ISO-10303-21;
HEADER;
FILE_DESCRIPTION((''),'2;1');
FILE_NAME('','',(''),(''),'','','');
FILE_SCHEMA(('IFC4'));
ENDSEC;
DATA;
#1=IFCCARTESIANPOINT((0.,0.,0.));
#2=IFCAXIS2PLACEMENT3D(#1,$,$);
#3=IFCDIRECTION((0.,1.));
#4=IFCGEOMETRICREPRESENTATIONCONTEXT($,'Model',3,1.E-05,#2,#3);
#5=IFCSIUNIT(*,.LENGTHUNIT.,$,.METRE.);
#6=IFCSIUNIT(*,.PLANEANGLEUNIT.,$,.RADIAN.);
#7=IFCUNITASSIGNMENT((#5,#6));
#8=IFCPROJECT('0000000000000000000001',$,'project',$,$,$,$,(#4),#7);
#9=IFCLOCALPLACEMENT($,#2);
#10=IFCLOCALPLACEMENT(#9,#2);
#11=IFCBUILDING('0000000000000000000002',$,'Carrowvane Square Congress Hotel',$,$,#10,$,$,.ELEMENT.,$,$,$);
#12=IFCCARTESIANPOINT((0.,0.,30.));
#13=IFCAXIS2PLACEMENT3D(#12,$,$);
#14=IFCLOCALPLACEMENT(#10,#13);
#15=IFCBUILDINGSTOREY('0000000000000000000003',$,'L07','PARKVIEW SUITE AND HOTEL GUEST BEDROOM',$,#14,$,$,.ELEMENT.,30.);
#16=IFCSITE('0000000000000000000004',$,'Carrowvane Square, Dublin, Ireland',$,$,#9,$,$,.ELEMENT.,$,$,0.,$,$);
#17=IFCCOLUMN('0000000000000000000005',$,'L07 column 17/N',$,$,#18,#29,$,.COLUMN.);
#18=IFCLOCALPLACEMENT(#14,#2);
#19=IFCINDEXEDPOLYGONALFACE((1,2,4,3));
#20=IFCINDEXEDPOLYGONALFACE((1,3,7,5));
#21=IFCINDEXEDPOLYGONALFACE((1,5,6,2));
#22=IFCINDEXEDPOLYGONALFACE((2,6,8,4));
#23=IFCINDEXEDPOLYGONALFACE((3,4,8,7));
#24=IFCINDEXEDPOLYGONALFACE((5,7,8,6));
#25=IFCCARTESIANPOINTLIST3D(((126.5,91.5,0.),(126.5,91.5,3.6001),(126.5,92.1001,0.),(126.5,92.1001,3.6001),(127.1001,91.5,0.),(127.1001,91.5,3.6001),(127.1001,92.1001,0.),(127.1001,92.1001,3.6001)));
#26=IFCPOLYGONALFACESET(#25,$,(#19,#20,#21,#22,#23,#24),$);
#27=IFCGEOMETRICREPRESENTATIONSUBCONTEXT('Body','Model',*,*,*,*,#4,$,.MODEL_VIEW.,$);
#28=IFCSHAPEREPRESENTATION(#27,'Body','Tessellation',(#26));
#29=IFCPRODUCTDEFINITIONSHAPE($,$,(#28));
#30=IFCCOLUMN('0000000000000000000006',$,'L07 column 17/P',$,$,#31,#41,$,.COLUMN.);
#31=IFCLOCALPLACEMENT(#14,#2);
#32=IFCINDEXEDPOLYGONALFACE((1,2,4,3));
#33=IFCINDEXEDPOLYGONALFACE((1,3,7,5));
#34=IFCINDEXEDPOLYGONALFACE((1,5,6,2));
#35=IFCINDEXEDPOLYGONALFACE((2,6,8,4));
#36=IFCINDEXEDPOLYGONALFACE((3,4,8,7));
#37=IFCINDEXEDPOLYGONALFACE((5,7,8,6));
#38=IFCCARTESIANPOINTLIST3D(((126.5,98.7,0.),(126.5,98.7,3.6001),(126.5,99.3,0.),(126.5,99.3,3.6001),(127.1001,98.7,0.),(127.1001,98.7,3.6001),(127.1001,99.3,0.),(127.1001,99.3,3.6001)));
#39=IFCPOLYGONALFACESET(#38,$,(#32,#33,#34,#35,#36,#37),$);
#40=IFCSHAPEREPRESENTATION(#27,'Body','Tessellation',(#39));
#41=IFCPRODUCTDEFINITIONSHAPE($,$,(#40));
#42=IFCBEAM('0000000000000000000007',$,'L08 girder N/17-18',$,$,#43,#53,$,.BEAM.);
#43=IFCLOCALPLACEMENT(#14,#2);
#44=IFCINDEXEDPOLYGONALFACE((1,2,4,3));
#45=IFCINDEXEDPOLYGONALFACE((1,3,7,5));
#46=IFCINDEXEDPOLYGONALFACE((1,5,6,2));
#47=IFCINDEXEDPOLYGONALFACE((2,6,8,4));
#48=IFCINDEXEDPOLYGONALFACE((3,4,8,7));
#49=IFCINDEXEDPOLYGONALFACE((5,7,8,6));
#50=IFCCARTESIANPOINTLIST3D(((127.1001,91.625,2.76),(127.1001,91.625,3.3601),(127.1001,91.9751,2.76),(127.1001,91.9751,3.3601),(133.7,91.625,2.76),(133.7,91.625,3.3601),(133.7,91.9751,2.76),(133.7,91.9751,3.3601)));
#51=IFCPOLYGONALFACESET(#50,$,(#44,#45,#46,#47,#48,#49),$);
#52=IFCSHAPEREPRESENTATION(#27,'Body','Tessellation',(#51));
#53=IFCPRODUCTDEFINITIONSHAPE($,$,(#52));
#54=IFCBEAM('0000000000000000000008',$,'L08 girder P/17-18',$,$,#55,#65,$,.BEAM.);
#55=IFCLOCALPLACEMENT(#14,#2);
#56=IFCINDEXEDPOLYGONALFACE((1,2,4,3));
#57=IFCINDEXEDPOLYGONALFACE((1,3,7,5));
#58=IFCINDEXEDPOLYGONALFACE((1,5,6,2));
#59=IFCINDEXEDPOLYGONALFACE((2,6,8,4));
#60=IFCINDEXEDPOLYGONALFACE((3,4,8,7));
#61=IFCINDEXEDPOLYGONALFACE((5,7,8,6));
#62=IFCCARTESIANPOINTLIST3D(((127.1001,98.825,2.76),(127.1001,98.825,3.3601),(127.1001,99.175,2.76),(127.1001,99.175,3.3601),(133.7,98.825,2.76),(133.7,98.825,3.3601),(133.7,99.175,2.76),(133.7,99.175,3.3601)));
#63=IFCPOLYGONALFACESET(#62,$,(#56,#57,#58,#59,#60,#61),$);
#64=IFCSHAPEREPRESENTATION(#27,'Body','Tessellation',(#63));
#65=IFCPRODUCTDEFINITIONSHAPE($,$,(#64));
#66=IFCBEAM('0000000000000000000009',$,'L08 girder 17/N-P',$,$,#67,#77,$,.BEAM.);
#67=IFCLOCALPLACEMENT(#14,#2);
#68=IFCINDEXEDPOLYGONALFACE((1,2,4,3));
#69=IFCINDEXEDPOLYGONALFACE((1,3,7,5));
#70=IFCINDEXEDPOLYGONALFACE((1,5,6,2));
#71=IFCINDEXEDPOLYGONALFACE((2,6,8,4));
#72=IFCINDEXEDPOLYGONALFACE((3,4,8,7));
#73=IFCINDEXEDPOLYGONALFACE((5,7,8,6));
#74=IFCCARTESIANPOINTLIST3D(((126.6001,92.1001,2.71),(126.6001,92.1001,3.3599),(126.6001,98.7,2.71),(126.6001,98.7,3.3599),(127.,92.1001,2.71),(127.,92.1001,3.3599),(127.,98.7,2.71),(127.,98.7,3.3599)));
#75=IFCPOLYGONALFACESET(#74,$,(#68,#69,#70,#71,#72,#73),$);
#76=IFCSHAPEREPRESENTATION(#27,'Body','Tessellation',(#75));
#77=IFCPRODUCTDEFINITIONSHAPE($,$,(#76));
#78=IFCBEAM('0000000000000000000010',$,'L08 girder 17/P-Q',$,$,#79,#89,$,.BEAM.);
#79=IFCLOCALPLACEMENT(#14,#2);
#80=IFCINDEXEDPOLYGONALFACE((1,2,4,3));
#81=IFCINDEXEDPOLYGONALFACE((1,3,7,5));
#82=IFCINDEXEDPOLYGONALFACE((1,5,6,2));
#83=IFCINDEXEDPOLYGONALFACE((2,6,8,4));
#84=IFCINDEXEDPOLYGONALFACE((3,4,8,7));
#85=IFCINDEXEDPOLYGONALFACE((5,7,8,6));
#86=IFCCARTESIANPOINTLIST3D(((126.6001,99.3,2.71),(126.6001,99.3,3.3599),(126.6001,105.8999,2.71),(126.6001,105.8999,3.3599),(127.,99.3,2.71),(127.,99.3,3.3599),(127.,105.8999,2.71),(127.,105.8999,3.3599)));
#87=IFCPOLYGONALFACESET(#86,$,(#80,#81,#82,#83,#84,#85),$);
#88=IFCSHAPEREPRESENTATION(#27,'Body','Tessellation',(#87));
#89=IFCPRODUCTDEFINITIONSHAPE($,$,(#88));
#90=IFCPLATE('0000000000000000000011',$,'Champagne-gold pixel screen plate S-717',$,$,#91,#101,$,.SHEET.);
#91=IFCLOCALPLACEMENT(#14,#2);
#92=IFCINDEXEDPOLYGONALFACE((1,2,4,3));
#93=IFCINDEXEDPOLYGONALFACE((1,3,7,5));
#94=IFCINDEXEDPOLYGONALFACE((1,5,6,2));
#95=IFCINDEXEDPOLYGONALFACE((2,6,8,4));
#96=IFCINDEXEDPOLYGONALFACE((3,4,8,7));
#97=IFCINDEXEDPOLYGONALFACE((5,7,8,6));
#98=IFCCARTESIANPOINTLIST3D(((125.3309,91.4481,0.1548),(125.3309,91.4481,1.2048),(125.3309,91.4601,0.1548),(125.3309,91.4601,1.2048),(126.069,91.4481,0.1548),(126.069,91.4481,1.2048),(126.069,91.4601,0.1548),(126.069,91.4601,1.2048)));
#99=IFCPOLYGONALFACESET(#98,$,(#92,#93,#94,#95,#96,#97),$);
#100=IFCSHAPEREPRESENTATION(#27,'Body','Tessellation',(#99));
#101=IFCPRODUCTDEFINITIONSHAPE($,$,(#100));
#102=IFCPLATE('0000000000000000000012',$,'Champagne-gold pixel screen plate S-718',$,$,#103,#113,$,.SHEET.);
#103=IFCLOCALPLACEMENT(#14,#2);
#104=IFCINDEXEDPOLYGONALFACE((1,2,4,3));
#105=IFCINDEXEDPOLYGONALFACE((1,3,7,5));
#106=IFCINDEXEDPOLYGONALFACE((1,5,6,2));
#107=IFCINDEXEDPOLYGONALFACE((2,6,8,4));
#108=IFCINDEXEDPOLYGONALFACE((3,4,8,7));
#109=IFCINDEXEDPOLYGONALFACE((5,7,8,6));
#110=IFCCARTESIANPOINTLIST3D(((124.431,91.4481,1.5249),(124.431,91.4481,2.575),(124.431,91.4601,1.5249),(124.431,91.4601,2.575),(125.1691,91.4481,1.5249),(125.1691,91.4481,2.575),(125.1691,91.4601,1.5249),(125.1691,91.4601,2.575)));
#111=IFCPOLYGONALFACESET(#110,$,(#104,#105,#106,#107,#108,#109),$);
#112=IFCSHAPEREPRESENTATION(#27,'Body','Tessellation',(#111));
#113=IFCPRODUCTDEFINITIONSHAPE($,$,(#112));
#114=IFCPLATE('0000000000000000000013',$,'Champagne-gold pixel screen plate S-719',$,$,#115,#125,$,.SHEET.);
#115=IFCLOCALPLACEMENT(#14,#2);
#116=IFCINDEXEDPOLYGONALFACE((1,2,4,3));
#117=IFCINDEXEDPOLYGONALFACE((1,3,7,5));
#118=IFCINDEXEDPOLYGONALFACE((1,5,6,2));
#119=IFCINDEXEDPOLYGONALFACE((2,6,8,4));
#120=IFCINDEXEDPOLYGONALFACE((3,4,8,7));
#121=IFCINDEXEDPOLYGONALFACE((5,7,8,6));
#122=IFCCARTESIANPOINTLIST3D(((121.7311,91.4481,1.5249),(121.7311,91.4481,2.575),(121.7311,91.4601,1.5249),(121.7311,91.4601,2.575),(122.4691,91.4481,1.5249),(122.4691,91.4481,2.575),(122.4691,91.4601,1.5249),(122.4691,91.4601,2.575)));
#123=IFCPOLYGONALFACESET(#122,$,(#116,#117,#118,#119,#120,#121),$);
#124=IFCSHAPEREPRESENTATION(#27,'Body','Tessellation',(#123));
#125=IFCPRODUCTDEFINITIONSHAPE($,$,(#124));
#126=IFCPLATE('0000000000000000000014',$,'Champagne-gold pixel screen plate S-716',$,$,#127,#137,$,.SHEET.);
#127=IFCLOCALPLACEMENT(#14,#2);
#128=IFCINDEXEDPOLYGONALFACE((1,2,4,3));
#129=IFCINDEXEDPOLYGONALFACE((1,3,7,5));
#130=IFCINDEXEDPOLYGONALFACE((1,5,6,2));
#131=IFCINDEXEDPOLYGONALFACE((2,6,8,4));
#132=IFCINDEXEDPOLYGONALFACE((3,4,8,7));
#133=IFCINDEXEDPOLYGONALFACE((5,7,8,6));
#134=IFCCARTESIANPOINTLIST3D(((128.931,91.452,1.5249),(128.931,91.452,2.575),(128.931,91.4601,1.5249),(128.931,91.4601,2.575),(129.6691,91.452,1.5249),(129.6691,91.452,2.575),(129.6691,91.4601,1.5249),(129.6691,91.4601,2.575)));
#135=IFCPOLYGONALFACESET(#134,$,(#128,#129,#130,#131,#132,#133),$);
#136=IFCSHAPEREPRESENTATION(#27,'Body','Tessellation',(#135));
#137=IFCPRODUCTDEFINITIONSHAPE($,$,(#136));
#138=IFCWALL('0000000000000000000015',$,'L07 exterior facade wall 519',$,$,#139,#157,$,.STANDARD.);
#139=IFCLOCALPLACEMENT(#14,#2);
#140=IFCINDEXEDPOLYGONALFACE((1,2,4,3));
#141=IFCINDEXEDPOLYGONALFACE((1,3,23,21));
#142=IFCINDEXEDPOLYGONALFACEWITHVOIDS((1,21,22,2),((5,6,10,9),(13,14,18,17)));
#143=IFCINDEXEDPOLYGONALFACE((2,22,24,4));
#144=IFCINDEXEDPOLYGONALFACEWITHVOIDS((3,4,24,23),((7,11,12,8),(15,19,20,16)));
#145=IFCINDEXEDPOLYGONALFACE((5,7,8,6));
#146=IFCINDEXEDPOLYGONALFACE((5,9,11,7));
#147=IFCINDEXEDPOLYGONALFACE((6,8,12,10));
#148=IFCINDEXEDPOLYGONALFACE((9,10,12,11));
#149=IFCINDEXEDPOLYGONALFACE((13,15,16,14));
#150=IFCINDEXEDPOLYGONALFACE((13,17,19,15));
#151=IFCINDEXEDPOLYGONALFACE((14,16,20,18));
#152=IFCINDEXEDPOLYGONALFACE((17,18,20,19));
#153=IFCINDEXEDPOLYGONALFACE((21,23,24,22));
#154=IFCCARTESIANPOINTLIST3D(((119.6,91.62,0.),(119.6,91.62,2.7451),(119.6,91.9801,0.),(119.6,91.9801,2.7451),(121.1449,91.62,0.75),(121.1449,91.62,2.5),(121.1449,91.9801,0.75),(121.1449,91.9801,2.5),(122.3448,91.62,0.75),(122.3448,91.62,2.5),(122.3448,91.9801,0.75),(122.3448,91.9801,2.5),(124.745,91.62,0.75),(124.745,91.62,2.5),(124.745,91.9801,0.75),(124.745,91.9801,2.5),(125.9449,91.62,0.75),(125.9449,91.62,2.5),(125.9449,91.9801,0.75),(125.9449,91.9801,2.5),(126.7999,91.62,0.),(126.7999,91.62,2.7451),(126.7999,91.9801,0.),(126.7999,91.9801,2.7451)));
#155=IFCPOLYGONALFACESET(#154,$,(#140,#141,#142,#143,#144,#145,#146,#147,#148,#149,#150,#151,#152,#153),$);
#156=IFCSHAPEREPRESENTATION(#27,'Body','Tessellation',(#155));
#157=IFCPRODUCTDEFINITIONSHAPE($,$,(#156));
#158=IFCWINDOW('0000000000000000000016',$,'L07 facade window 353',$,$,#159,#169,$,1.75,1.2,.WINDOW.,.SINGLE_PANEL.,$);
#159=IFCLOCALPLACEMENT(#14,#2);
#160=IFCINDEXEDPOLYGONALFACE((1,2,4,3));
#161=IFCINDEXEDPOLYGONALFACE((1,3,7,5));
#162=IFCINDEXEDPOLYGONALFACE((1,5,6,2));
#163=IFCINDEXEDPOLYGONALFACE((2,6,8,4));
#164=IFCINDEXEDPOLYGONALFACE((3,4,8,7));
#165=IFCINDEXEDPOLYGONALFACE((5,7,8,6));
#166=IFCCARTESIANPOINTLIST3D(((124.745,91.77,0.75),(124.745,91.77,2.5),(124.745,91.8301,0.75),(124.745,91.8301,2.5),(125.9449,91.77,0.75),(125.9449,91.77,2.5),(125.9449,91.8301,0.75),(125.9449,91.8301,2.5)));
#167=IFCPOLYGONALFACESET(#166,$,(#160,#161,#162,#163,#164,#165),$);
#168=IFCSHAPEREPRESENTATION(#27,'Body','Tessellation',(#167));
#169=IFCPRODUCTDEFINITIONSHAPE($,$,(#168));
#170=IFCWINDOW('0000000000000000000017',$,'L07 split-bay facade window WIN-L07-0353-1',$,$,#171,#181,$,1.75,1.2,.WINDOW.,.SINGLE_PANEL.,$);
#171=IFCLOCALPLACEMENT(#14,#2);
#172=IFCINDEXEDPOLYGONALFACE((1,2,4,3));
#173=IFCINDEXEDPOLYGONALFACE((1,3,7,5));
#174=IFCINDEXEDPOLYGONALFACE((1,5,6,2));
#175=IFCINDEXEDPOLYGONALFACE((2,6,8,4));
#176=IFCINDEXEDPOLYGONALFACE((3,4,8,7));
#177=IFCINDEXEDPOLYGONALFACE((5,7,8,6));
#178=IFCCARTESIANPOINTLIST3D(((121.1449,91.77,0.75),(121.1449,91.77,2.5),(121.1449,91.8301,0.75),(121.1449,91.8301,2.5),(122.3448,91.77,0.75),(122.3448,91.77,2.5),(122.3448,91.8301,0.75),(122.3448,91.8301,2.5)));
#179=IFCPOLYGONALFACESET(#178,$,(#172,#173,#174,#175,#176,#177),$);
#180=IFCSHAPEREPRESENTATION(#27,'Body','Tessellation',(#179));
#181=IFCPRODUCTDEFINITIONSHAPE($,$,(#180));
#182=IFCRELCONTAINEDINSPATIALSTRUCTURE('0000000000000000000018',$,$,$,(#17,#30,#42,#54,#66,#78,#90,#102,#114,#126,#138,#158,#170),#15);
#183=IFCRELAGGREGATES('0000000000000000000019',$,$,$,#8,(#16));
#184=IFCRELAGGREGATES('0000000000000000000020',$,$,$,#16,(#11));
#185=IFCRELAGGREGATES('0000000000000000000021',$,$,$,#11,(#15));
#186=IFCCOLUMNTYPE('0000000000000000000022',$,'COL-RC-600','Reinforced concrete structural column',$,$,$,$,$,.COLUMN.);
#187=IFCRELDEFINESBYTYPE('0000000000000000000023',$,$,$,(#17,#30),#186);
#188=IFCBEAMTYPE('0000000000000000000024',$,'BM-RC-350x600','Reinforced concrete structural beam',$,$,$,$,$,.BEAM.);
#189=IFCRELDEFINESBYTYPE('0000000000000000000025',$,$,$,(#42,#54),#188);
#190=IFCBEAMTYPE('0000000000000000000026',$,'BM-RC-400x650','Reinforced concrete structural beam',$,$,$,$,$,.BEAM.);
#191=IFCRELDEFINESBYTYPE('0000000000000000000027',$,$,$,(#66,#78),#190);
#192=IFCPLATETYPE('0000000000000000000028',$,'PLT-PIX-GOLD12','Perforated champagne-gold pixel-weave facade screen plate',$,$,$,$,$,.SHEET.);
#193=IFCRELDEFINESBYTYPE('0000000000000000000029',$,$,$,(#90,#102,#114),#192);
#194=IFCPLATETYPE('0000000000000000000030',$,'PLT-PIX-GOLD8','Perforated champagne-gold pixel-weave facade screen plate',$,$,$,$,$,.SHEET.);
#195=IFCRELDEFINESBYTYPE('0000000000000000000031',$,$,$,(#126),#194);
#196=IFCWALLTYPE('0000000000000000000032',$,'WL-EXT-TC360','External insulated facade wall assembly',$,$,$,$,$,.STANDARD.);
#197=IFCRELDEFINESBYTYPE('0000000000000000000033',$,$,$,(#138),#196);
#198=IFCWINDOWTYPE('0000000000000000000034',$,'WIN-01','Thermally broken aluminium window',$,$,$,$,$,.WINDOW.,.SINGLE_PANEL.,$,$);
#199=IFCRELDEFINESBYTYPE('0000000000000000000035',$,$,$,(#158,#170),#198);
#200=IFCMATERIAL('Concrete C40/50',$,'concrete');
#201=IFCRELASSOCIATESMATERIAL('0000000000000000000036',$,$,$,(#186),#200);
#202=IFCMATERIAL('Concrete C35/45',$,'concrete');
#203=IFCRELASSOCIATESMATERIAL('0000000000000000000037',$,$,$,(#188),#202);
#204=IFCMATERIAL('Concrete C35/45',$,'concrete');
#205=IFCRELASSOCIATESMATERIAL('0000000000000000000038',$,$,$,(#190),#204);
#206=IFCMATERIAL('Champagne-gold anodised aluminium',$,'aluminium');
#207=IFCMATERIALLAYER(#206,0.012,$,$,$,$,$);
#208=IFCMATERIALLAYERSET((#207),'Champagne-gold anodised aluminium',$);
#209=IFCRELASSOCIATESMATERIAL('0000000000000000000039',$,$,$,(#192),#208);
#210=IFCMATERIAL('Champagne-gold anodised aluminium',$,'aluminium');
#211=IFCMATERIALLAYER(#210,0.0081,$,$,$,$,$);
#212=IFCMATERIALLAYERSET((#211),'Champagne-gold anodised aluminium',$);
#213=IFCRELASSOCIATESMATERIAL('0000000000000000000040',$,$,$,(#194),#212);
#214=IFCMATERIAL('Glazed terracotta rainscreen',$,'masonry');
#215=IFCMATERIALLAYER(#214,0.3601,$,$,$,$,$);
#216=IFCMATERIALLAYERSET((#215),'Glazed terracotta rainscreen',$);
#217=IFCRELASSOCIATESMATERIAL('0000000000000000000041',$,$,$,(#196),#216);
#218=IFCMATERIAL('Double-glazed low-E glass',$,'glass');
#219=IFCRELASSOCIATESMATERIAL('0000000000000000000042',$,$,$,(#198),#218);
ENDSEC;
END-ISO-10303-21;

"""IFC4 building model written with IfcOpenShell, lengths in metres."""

from ifc_helpers import new_model, si_unit, direction, frame, frame_2d, origin, origin_2d, place, context, subcontext, project, spatial, rectangle, extrude, material, layer, layer_set, material_profile, profile_set, type_object, element, fill, save


model = new_model("IFC4")

# Units and contexts
model_context = context("Model", 3, precision=1e-05, world=origin(), true_north=direction((0.0, 1.0)))
body_context = subcontext(model_context, "Body", "Model", "MODEL_VIEW")
ifc_project = project(units=[si_unit("LENGTHUNIT", "METRE"), si_unit("PLANEANGLEUNIT", "RADIAN")], contexts=[model_context])

# Site, building, storey
site_placement = place(None, origin())
site = spatial("IfcSite", under=ifc_project, at=site_placement, Name="Carrowvane Square, Dublin, Ireland", CompositionType="ELEMENT", RefElevation=0.0)
building_placement = place(site_placement, origin())
building = spatial("IfcBuilding", under=site, at=building_placement, Name="Carrowvane Square Congress Hotel", CompositionType="ELEMENT")
storey_placement = place(building_placement, frame((0.0, 0.0, 30.0)))
storey = spatial("IfcBuildingStorey", under=building, at=storey_placement, Name="L07", Description="PARKVIEW SUITE AND HOTEL GUEST BEDROOM", CompositionType="ELEMENT", Elevation=30.0)

# Columns
ifc_material_1 = material(Name="Concrete C40/50", Category="concrete")
ifc_material_profile_1 = material_profile(ifc_material_1, rectangle(XDim=0.6001, YDim=0.6001, at=origin_2d()), Name="RC 600x600")
ifc_profile_set_1 = profile_set([ifc_material_profile_1], Name="Concrete C40/50")
column_type = type_object("IfcColumnType", Name="COL-RC-600", Description="Reinforced concrete structural column", PredefinedType="COLUMN", material=ifc_profile_set_1)
for number, where, z_axis, x_axis, name in (
    (1, (126.8, 91.8, 0.0), (0.0, 0.0, 1.0), (1.0, 0.0, 0.0), "L07 column 17/N"),
    (2, (126.8, 99.0, 0.0), (0.0, 0.0, 1.0), (1.0, 0.0, 0.0), "L07 column 17/P"),
):
    element("IfcColumn", number, at=place(storey_placement, frame(where, z_axis=z_axis, x_axis=x_axis)), inside=storey, type_object=column_type, Name=name, PredefinedType="COLUMN", context=body_context, shape_type="SweptSolid", body=[
        extrude(rectangle(XDim=0.6001, YDim=0.6001, at=origin_2d()), origin(), (0.0, 0.0, 1.0), 3.6001),
    ])

# Beams
ifc_material_2 = material(Name="Concrete C35/45", Category="concrete")
ifc_material_profile_2 = material_profile(ifc_material_2, rectangle(XDim=0.3501, YDim=0.6001, at=origin_2d()), Name="RC 350x600")
ifc_profile_set_2 = profile_set([ifc_material_profile_2], Name="Concrete C35/45")
beam_type_1 = type_object("IfcBeamType", Name="BM-RC-350x600", Description="Reinforced concrete structural beam", PredefinedType="BEAM", material=ifc_profile_set_2)
for number, where, z_axis, x_axis, name in (
    (3, (127.1001, 91.8, 3.0601), (1.0, 0.0, 0.0), (0.0, 1.0, 0.0), "L08 girder N/17-18"),
    (4, (127.1001, 99.0, 3.0601), (1.0, 0.0, 0.0), (0.0, 1.0, 0.0), "L08 girder P/17-18"),
):
    element("IfcBeam", number, at=place(storey_placement, frame(where, z_axis=z_axis, x_axis=x_axis)), inside=storey, type_object=beam_type_1, Name=name, PredefinedType="BEAM", context=body_context, shape_type="SweptSolid", body=[
        extrude(rectangle(XDim=0.3501, YDim=0.6001, at=origin_2d()), origin(), (0.0, 0.0, 1.0), 6.5999),
    ])
ifc_material_3 = material(Name="Concrete C35/45", Category="concrete")
ifc_material_profile_3 = material_profile(ifc_material_3, rectangle(XDim=0.3999, YDim=0.6499, at=origin_2d()), Name="RC 400x650")
ifc_profile_set_3 = profile_set([ifc_material_profile_3], Name="Concrete C35/45")
beam_type_2 = type_object("IfcBeamType", Name="BM-RC-400x650", Description="Reinforced concrete structural beam", PredefinedType="BEAM", material=ifc_profile_set_3)
for number, where, z_axis, x_axis, name in (
    (5, (126.8, 92.1001, 3.0349), (0.0, 1.0, 0.0), (-1.0, 0.0, 0.0), "L08 girder 17/N-P"),
    (6, (126.8, 99.3, 3.0349), (0.0, 1.0, 0.0), (-1.0, 0.0, 0.0), "L08 girder 17/P-Q"),
):
    element("IfcBeam", number, at=place(storey_placement, frame(where, z_axis=z_axis, x_axis=x_axis)), inside=storey, type_object=beam_type_2, Name=name, PredefinedType="BEAM", context=body_context, shape_type="SweptSolid", body=[
        extrude(rectangle(XDim=0.3999, YDim=0.6499, at=origin_2d()), origin(), (0.0, 0.0, 1.0), 6.5999),
    ])

# Plates
ifc_material_4 = material(Name="Champagne-gold anodised aluminium", Category="aluminium")
ifc_layer_1 = layer(ifc_material_4, 0.012)
ifc_layer_set_1 = layer_set([ifc_layer_1], Name="Champagne-gold anodised aluminium")
plate_type_1 = type_object("IfcPlateType", Name="PLT-PIX-GOLD12", Description="Perforated champagne-gold pixel-weave facade screen plate", PredefinedType="SHEET", material=ifc_layer_set_1)
for number, where, z_axis, x_axis, name in (
    (7, (125.7, 91.4541, 0.1548), (0.0, 0.0, 1.0), (-1.0, 0.0, 0.0), "Champagne-gold pixel screen plate S-717"),
    (8, (124.8, 91.4541, 1.5249), (0.0, 0.0, 1.0), (-1.0, 0.0, 0.0), "Champagne-gold pixel screen plate S-718"),
    (9, (122.1001, 91.4541, 1.5249), (0.0, 0.0, 1.0), (-1.0, 0.0, 0.0), "Champagne-gold pixel screen plate S-719"),
):
    element("IfcPlate", number, at=place(storey_placement, frame(where, z_axis=z_axis, x_axis=x_axis)), inside=storey, type_object=plate_type_1, Name=name, PredefinedType="SHEET", context=body_context, shape_type="SweptSolid", body=[
        extrude(rectangle(XDim=0.738, YDim=0.012, at=origin_2d()), origin(), (0.0, 0.0, 1.0), 1.05),
    ])
ifc_material_5 = material(Name="Champagne-gold anodised aluminium", Category="aluminium")
ifc_layer_2 = layer(ifc_material_5, 0.0081)
ifc_layer_set_2 = layer_set([ifc_layer_2], Name="Champagne-gold anodised aluminium")
plate_type_2 = type_object("IfcPlateType", Name="PLT-PIX-GOLD8", Description="Perforated champagne-gold pixel-weave facade screen plate", PredefinedType="SHEET", material=ifc_layer_set_2)
plate_placement = place(storey_placement, frame((129.3, 91.4561, 1.5249), z_axis=(0.0, 0.0, 1.0), x_axis=(-1.0, 0.0, 0.0)))
element("IfcPlate", 10, at=plate_placement, inside=storey, type_object=plate_type_2, Name="Champagne-gold pixel screen plate S-716", PredefinedType="SHEET", context=body_context, shape_type="SweptSolid", body=[
    extrude(rectangle(XDim=0.738, YDim=0.0081, at=origin_2d()), origin(), (0.0, 0.0, 1.0), 1.05),
])

# Wall, openings, windows
ifc_material_6 = material(Name="Glazed terracotta rainscreen", Category="masonry")
ifc_layer_3 = layer(ifc_material_6, 0.3601)
ifc_layer_set_3 = layer_set([ifc_layer_3], Name="Glazed terracotta rainscreen")
wall_type_1 = type_object("IfcWallType", Name="WL-EXT-TC360", Description="External insulated facade wall assembly", PredefinedType="STANDARD", material=ifc_layer_set_3)
wall_1_placement = place(storey_placement, frame((126.8, 91.8, 0.0), z_axis=(0.0, 0.0, 1.0), x_axis=(-1.0, 0.0, 0.0)))
wall_1 = element("IfcWall", 11, at=wall_1_placement, inside=storey, type_object=wall_type_1, Name="L07 exterior facade wall 519", PredefinedType="STANDARD", context=body_context, shape_type="SweptSolid", body=[
    extrude(rectangle(XDim=7.2, YDim=0.3601, at=frame_2d((3.6001, 0.0))), origin(), (0.0, 0.0, 1.0), 2.7451),
])
opening_1_placement = place(wall_1_placement, frame((0.855, 0.0, 0.75)))
opening_1 = element("IfcOpeningElement", 12, at=opening_1_placement, cuts=wall_1, PredefinedType="OPENING", context=body_context, shape_type="SweptSolid", body=[
    extrude(rectangle(XDim=1.2, YDim=1.75, at=frame_2d((0.6001, 0.875))), frame((0.0, 0.1899, 0.0), z_axis=(0.0, -1.0, 0.0), x_axis=(1.0, 0.0, 0.0)), (0.0, 0.0, 1.0), 0.3801),
])
opening_2_placement = place(wall_1_placement, frame((4.4551, 0.0, 0.75)))
opening_2 = element("IfcOpeningElement", 13, at=opening_2_placement, cuts=wall_1, PredefinedType="OPENING", context=body_context, shape_type="SweptSolid", body=[
    extrude(rectangle(XDim=1.2, YDim=1.75, at=frame_2d((0.6001, 0.875))), frame((0.0, 0.1899, 0.0), z_axis=(0.0, -1.0, 0.0), x_axis=(1.0, 0.0, 0.0)), (0.0, 0.0, 1.0), 0.3801),
])
ifc_material_7 = material(Name="Double-glazed low-E glass", Category="glass")
window_type = type_object("IfcWindowType", Name="WIN-01", Description="Thermally broken aluminium window", PartitioningType="SINGLE_PANEL", PredefinedType="WINDOW", material=ifc_material_7)
window_1_placement = place(opening_1_placement, origin())
window_1 = element("IfcWindow", 14, at=window_1_placement, inside=storey, type_object=window_type, Name="L07 facade window 353", OverallHeight=1.75, OverallWidth=1.2, PartitioningType="SINGLE_PANEL", PredefinedType="WINDOW", context=body_context, shape_type="SweptSolid", body=[
    extrude(rectangle(XDim=1.2, YDim=1.75, at=frame_2d((0.6001, 0.875))), frame((0.0, 0.03, 0.0), z_axis=(0.0, -1.0, 0.0), x_axis=(1.0, 0.0, 0.0)), (0.0, 0.0, 1.0), 0.0601),
])
fill(opening_1, window_1)
window_2_placement = place(opening_2_placement, origin())
window_2 = element("IfcWindow", 15, at=window_2_placement, inside=storey, type_object=window_type, Name="L07 split-bay facade window WIN-L07-0353-1", OverallHeight=1.75, OverallWidth=1.2, PartitioningType="SINGLE_PANEL", PredefinedType="WINDOW", context=body_context, shape_type="SweptSolid", body=[
    extrude(rectangle(XDim=1.2, YDim=1.75, at=frame_2d((0.6001, 0.875))), frame((0.0, 0.03, 0.0), z_axis=(0.0, -1.0, 0.0), x_axis=(1.0, 0.0, 0.0)), (0.0, 0.0, 1.0), 0.0601),
])
fill(opening_2, window_2)

save(model, "model.ifc")
